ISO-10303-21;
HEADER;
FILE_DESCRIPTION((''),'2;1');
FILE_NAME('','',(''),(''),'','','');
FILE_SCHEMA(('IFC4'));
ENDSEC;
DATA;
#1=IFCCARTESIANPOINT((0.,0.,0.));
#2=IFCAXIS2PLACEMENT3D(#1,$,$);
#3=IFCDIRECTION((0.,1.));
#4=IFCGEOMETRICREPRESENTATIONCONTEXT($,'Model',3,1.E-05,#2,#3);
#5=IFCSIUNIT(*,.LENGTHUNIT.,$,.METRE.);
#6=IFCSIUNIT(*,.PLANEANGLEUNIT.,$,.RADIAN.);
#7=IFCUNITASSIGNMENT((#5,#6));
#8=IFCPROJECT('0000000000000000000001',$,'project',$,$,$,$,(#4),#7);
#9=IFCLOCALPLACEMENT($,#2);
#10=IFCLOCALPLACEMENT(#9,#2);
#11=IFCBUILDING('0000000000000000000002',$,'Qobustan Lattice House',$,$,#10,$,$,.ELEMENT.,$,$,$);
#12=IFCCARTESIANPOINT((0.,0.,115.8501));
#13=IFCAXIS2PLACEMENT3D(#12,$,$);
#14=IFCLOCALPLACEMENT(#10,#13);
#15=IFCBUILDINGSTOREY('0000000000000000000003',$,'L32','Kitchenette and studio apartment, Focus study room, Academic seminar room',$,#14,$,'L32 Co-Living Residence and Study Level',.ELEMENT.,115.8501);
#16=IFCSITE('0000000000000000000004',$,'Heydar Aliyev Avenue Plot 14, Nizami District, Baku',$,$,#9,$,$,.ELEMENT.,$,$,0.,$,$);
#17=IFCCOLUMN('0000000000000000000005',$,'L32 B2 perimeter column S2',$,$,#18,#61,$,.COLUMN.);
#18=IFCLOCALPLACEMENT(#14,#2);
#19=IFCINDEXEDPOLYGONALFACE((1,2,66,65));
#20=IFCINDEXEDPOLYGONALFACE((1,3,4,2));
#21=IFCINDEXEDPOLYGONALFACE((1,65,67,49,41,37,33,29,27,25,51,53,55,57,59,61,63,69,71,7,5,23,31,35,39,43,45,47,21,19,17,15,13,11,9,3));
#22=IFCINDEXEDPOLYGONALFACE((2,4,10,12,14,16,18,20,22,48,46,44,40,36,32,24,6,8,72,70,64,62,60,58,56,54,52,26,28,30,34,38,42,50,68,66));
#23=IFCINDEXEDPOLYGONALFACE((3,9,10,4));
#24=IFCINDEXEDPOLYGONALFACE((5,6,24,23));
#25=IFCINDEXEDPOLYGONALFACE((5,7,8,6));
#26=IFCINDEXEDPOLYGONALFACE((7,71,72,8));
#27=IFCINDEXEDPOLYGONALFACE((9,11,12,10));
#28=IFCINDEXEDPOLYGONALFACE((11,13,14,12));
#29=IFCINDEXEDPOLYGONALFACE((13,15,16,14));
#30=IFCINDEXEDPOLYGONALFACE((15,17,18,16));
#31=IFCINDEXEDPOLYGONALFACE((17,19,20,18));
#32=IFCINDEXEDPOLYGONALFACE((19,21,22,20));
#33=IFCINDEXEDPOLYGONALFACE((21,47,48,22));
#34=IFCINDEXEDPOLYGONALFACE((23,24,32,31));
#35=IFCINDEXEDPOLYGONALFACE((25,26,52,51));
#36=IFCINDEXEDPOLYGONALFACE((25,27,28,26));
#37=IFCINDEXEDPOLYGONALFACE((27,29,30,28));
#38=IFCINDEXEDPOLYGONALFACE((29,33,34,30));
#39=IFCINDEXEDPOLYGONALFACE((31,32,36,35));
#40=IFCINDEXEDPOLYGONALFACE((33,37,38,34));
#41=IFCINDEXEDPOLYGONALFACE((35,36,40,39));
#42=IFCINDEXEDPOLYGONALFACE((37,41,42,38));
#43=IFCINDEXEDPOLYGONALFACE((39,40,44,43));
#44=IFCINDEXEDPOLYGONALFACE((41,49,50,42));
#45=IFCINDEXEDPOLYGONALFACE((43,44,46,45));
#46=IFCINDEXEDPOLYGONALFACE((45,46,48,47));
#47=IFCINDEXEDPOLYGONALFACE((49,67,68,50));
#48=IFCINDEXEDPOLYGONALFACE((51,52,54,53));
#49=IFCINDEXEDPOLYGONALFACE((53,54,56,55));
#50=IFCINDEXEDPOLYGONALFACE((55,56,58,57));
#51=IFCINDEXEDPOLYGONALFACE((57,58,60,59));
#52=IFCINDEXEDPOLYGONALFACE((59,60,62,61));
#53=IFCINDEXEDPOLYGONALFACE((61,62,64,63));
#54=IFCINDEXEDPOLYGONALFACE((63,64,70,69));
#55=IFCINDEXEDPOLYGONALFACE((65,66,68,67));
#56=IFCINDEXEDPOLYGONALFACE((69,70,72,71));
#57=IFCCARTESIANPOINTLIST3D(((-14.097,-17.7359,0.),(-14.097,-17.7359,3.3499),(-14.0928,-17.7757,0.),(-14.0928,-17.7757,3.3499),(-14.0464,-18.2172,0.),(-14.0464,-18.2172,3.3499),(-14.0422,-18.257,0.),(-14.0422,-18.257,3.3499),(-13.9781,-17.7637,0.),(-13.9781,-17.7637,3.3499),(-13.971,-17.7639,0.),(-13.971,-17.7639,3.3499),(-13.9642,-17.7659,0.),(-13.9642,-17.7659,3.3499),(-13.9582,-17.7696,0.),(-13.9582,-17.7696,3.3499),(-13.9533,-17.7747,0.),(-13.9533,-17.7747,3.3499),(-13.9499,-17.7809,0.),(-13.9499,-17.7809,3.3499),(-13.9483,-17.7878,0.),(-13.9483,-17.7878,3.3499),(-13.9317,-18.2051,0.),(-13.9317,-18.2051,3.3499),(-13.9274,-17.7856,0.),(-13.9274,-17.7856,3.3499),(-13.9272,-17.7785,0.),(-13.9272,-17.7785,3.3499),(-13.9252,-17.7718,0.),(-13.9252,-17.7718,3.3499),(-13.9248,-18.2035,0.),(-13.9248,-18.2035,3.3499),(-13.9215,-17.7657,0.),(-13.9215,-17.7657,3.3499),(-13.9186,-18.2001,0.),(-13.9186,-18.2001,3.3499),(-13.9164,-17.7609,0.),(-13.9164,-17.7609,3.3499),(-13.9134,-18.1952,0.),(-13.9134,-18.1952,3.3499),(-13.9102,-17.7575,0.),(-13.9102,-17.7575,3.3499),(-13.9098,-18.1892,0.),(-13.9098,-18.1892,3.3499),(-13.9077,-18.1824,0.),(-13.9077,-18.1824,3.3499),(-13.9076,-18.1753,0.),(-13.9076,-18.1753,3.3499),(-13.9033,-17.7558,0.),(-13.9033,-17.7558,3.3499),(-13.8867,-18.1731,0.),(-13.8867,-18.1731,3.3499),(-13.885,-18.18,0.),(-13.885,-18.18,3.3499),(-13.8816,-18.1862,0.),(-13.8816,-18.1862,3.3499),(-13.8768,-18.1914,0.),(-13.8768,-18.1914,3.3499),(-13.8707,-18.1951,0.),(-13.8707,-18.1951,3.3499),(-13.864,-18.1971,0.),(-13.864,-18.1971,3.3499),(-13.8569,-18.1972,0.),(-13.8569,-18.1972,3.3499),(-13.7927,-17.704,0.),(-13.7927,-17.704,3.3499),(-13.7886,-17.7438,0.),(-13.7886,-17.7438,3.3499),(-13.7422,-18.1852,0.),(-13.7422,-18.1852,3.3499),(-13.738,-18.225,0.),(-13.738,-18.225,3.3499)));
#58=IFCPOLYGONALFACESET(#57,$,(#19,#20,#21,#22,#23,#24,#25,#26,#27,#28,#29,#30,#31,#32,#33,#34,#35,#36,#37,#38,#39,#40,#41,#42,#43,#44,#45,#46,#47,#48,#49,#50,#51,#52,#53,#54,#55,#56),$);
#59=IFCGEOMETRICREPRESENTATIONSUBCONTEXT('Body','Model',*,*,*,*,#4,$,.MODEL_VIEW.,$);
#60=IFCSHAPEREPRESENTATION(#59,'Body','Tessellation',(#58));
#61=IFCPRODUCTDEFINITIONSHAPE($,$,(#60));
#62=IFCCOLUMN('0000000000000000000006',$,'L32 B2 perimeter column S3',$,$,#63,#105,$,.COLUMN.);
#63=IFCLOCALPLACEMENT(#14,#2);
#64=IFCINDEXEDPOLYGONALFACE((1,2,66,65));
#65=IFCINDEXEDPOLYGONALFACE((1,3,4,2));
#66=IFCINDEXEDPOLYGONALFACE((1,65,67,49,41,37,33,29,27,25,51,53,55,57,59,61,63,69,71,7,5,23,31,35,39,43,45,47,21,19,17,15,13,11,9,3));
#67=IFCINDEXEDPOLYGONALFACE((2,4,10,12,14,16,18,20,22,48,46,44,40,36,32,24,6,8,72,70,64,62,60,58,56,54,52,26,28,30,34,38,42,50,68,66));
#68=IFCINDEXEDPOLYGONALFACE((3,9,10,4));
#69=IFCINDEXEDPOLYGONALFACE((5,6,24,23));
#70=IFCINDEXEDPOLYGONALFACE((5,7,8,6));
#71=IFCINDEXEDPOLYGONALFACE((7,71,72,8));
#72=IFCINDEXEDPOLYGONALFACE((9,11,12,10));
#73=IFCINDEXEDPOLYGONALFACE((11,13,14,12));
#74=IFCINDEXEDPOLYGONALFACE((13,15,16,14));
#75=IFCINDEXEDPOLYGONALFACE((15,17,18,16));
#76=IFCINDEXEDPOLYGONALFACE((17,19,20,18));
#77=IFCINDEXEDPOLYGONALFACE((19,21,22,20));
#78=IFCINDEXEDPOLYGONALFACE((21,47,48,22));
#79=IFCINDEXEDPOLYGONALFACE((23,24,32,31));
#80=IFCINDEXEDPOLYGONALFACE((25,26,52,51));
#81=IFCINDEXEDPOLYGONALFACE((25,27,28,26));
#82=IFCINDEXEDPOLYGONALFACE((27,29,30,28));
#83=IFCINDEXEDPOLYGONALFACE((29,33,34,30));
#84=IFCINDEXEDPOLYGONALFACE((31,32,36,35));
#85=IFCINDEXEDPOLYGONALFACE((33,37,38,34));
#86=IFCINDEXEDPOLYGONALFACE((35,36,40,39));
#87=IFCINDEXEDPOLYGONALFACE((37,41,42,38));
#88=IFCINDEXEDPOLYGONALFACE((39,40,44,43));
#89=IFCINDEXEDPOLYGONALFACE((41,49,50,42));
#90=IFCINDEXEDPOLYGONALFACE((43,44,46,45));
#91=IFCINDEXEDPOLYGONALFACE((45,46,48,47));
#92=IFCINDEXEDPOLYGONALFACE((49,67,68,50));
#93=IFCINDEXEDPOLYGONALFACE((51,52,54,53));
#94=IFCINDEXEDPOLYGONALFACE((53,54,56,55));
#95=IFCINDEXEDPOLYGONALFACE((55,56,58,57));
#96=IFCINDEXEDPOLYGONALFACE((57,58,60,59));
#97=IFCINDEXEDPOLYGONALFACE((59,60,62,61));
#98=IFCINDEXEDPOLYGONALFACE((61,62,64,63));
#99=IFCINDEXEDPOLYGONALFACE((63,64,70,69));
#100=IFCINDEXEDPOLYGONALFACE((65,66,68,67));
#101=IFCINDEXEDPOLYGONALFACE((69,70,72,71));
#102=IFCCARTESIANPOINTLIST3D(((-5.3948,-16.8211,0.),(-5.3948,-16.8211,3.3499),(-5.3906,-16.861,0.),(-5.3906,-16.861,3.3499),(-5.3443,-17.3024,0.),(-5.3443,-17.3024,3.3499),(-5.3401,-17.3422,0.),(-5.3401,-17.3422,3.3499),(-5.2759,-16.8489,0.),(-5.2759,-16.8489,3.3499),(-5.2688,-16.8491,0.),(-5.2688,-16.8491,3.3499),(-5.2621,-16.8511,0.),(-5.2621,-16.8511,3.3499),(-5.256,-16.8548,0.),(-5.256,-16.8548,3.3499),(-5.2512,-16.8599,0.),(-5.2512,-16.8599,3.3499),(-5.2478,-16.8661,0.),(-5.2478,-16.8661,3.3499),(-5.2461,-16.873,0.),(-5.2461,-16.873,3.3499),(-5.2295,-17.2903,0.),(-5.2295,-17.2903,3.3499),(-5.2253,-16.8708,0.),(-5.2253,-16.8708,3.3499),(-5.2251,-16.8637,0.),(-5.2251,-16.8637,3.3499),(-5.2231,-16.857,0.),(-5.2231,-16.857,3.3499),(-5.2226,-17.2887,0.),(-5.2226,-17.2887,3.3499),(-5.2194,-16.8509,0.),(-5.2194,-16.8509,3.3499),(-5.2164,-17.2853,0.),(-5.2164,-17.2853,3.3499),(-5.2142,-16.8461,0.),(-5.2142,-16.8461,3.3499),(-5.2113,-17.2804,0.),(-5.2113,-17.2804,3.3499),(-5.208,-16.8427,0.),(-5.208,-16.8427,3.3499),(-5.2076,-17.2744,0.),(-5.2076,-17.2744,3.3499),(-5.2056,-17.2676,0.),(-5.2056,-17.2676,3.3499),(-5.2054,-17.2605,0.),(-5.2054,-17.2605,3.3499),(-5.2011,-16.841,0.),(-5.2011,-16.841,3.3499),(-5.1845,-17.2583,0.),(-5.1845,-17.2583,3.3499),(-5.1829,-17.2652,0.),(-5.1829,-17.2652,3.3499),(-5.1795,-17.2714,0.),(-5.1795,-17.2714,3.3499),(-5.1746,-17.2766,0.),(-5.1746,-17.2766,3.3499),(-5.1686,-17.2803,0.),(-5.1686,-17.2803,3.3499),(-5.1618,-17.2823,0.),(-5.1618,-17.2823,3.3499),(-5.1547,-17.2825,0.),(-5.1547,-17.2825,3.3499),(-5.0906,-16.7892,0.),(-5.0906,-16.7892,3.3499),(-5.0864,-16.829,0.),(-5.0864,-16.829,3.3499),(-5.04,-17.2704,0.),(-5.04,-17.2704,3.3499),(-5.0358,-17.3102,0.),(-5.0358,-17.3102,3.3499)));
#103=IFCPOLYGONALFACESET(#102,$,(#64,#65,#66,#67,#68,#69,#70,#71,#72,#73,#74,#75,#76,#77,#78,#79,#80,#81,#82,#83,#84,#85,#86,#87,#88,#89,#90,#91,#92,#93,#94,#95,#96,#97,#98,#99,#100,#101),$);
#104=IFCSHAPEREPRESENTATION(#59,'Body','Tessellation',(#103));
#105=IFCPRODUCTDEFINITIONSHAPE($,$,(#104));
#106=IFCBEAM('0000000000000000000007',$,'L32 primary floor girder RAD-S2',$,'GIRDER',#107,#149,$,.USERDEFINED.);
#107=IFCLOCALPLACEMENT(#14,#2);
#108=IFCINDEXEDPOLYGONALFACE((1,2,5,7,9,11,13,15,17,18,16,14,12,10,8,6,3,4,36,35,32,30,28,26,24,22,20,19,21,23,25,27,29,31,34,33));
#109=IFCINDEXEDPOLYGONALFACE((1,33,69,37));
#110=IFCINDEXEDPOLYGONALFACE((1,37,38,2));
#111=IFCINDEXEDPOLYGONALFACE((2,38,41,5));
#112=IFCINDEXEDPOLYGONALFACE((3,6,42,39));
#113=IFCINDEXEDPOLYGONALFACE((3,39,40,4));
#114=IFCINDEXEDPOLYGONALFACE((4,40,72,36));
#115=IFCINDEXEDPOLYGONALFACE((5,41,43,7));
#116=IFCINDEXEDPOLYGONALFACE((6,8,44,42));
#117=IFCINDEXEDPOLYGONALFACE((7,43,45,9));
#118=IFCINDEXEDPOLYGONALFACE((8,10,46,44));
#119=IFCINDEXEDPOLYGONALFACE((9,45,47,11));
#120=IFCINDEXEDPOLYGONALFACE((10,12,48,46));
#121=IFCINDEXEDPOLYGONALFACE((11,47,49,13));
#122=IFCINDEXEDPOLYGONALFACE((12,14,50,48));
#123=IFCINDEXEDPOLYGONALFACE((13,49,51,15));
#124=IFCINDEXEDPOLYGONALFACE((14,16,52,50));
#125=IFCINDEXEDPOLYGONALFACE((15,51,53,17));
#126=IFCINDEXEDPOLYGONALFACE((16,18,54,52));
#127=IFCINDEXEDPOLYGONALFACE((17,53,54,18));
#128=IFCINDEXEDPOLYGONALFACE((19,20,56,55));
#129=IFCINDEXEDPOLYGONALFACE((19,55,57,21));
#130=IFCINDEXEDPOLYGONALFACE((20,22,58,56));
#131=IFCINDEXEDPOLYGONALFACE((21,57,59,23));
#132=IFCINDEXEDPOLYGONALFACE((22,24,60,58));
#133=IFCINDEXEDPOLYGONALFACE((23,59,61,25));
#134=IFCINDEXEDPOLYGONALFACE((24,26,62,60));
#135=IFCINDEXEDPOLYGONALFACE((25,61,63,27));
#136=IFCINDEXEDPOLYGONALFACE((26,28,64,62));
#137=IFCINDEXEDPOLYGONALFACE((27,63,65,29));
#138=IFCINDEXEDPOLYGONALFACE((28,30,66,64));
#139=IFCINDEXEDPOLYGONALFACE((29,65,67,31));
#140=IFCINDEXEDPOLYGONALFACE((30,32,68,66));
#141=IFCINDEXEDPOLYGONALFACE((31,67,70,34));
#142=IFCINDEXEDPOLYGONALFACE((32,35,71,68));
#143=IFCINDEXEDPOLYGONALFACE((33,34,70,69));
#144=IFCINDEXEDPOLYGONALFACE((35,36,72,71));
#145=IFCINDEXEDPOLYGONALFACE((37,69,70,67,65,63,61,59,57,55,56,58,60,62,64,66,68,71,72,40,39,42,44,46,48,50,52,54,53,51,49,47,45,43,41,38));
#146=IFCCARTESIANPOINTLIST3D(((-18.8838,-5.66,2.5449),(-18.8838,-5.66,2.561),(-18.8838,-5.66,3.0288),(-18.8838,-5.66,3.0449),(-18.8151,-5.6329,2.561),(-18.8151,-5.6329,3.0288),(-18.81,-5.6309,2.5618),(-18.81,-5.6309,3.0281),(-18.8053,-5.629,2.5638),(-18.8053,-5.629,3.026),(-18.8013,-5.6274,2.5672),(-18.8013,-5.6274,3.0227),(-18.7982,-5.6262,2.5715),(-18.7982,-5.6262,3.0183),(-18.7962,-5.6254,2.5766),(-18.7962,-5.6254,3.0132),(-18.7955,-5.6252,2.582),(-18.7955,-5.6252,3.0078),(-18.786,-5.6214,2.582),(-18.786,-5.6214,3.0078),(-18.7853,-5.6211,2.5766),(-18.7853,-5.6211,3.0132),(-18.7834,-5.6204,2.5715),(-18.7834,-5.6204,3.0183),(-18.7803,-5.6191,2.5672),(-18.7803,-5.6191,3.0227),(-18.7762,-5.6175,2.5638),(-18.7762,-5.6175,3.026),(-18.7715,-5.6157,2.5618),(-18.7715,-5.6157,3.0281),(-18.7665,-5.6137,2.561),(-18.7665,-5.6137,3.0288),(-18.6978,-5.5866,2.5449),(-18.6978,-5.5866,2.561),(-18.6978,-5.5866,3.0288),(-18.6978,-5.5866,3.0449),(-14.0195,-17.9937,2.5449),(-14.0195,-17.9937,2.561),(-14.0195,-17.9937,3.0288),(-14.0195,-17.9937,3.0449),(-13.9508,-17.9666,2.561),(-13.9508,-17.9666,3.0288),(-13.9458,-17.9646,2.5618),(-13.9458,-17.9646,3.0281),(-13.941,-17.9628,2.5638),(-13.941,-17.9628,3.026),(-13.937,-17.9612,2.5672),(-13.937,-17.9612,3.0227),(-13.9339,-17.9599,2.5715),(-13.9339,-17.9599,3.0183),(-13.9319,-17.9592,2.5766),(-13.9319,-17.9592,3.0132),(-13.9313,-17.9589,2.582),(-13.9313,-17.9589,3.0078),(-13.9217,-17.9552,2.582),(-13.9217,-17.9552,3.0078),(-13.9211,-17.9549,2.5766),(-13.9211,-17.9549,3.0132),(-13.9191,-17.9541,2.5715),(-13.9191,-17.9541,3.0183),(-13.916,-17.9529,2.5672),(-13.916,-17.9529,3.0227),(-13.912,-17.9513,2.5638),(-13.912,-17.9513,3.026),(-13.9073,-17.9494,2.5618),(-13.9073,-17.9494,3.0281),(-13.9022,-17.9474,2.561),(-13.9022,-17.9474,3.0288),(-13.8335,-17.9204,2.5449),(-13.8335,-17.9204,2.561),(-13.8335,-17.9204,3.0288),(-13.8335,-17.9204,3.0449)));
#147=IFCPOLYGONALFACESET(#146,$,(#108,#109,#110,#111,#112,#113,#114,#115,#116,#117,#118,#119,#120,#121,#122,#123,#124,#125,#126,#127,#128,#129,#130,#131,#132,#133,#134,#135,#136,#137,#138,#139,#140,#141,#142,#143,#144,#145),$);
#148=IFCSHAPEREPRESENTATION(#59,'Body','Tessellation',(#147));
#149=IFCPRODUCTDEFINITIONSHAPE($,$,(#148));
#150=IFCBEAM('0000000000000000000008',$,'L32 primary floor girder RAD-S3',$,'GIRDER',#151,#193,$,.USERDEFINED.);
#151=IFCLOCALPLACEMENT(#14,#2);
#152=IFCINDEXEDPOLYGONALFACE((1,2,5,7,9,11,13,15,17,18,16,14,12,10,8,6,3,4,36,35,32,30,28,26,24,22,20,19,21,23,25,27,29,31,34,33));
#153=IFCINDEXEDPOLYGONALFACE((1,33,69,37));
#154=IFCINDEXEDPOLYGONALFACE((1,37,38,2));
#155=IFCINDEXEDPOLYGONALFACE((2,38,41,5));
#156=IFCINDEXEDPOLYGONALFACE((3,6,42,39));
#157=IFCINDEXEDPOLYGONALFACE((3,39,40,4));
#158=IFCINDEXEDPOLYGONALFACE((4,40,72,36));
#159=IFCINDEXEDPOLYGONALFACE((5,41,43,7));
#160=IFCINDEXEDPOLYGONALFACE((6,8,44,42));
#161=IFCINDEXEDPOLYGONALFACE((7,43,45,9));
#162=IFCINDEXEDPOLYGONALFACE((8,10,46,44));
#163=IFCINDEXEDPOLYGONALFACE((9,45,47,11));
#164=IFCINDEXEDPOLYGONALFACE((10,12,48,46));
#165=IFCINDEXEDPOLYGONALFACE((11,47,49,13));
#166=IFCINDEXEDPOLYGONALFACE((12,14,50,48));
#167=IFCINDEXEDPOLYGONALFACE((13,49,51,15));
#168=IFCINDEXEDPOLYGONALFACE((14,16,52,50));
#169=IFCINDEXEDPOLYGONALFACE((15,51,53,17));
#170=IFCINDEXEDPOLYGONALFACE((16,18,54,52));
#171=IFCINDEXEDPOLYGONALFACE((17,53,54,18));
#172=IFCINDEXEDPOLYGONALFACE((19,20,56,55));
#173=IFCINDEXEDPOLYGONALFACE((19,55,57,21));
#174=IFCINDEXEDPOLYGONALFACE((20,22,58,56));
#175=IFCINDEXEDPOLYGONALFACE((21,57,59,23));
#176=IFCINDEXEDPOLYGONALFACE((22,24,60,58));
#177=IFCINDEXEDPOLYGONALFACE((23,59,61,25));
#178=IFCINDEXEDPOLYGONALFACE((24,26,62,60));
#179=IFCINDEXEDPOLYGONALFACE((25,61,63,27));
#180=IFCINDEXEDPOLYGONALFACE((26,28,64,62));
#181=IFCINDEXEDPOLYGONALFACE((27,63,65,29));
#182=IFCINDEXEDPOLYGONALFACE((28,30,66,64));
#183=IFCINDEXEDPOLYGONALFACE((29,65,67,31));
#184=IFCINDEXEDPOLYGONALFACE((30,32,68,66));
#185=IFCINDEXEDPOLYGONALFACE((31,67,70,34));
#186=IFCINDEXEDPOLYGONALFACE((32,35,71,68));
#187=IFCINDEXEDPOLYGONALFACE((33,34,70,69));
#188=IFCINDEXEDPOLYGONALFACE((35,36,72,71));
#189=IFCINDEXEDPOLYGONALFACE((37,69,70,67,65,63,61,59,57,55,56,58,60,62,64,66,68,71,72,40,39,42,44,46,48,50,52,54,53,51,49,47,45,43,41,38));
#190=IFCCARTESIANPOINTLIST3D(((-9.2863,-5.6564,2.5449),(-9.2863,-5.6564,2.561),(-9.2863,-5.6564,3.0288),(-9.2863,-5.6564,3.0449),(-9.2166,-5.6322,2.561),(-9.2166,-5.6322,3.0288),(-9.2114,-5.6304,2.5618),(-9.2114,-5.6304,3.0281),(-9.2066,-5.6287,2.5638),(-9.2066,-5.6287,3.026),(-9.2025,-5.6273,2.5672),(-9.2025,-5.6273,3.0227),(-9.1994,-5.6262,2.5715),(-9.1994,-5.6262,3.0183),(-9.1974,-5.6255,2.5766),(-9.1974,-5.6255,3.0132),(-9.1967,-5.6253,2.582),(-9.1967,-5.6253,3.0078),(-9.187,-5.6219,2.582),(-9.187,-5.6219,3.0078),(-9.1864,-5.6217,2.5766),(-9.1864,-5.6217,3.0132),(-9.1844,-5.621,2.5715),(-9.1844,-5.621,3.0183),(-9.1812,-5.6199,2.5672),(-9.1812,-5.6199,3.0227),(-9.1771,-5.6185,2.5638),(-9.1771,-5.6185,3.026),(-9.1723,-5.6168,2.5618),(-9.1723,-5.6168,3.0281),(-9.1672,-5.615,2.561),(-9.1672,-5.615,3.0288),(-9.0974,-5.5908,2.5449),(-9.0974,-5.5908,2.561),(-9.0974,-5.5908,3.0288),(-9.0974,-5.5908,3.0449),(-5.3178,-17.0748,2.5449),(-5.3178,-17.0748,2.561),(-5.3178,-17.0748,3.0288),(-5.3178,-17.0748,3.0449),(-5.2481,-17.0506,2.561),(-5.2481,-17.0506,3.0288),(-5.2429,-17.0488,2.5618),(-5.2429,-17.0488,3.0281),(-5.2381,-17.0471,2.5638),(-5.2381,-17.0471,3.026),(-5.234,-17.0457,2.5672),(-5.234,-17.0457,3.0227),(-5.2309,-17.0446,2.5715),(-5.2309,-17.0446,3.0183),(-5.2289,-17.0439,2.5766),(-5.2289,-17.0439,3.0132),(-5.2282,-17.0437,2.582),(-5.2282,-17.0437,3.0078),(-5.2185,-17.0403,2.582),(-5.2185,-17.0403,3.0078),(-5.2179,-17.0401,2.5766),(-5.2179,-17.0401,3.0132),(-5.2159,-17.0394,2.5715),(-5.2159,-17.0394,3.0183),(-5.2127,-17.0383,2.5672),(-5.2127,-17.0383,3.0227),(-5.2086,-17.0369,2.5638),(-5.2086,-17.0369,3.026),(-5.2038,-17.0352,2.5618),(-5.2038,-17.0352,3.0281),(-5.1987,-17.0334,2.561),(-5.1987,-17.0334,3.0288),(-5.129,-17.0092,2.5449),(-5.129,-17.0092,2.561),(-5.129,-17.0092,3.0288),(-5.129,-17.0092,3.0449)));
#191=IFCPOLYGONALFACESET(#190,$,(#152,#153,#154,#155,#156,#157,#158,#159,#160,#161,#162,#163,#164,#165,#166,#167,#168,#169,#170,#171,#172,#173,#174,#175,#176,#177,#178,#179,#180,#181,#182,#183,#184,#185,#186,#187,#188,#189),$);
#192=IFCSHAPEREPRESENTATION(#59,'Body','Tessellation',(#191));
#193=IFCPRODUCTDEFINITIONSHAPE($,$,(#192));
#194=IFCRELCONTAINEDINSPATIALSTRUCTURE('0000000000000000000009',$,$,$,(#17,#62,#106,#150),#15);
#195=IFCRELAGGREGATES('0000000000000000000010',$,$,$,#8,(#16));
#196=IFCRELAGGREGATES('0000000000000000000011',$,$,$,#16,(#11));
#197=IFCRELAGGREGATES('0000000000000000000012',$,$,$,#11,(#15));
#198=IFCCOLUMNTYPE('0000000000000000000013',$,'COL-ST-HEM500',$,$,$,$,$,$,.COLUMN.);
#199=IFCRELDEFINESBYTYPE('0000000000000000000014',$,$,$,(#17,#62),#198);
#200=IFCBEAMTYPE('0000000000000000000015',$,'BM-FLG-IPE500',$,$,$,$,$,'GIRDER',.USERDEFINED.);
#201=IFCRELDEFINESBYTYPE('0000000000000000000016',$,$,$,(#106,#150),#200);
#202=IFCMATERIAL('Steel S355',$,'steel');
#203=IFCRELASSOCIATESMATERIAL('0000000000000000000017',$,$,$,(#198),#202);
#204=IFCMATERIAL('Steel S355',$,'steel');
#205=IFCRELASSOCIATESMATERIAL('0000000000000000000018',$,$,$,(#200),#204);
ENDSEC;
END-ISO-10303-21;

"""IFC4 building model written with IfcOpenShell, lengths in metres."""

from ifc_helpers import new_model, si_unit, direction, frame, origin, origin_2d, place, context, subcontext, project, spatial, i_section, extrude, material, material_profile, profile_set, type_object, element, save


model = new_model("IFC4")

# Units and contexts
model_context = context("Model", 3, precision=1e-05, world=origin(), true_north=direction((0.0, 1.0)))
body_context = subcontext(model_context, "Body", "Model", "MODEL_VIEW")
ifc_project = project(units=[si_unit("LENGTHUNIT", "METRE"), si_unit("PLANEANGLEUNIT", "RADIAN")], contexts=[model_context])

# Site, building, storey
site_placement = place(None, origin())
site = spatial("IfcSite", under=ifc_project, at=site_placement, Name="Heydar Aliyev Avenue Plot 14, Nizami District, Baku", CompositionType="ELEMENT", RefElevation=0.0)
building_placement = place(site_placement, origin())
building = spatial("IfcBuilding", under=site, at=building_placement, Name="Qobustan Lattice House", CompositionType="ELEMENT")
storey_placement = place(building_placement, frame((0.0, 0.0, 115.8501)))
storey = spatial("IfcBuildingStorey", under=building, at=storey_placement, Name="L32", Description="Kitchenette and studio apartment, Focus study room, Academic seminar room", LongName="L32 Co-Living Residence and Study Level", CompositionType="ELEMENT", Elevation=115.8501)

# Columns
ifc_material_1 = material(Name="Steel S355", Category="steel")
ifc_material_profile_1 = material_profile(ifc_material_1, i_section(OverallWidth=0.3059, OverallDepth=0.5239, WebThickness=0.021, FlangeThickness=0.04, FilletRadius=0.0271, at=origin_2d()), Name="HEM500")
ifc_profile_set_1 = profile_set([ifc_material_profile_1], Name="Steel S355")
column_type = type_object("IfcColumnType", Name="COL-ST-HEM500", PredefinedType="COLUMN", material=ifc_profile_set_1)
for number, where, z_axis, x_axis, name in (
    (1, (-13.9175, -17.9805, 0.0), (0.0, 0.0, 1.0), (0.994522, 0.104528, 0.0), "L32 B2 perimeter column S2"),
    (2, (-5.2153, -17.0657, 0.0), (0.0, 0.0, 1.0), (0.994522, 0.104528, 0.0), "L32 B2 perimeter column S3"),
):
    element("IfcColumn", number, at=place(storey_placement, frame(where, z_axis=z_axis, x_axis=x_axis)), inside=storey, type_object=column_type, Name=name, PredefinedType="COLUMN", context=body_context, shape_type="SweptSolid", body=[
        extrude(i_section(OverallWidth=0.3059, OverallDepth=0.5239, WebThickness=0.021, FlangeThickness=0.04, FilletRadius=0.0271, at=origin_2d()), origin(), (0.0, 0.0, 1.0), 3.3499),
    ])

# Beams
ifc_material_2 = material(Name="Steel S355", Category="steel")
ifc_material_profile_2 = material_profile(ifc_material_2, i_section(OverallWidth=0.2, OverallDepth=0.5, WebThickness=0.0103, FlangeThickness=0.0161, FilletRadius=0.021, at=origin_2d()), Name="IPE500")
ifc_profile_set_2 = profile_set([ifc_material_profile_2], Name="Steel S355")
beam_type_1 = type_object("IfcBeamType", Name="BM-FLG-IPE500", ElementType="GIRDER", PredefinedType="USERDEFINED", material=ifc_profile_set_2)
beam_1_placement = place(storey_placement, frame((-13.9265, -17.957, 2.7949), z_axis=(-0.366884, 0.930267, 0.0), x_axis=(-0.930267, -0.366884, 0.0)))
element("IfcBeam", 3, at=beam_1_placement, inside=storey, type_object=beam_type_1, Name="L32 primary floor girder RAD-S2", ObjectType="GIRDER", PredefinedType="USERDEFINED", context=body_context, shape_type="SweptSolid", body=[
    extrude(i_section(OverallWidth=0.2, OverallDepth=0.5, WebThickness=0.0103, FlangeThickness=0.0161, FilletRadius=0.021, at=origin_2d()), origin(), (0.0, 0.0, 1.0), 13.2583),
])
beam_2_placement = place(storey_placement, frame((-5.2234, -17.042, 2.7949), z_axis=(-0.32829, 0.944577, 0.0), x_axis=(-0.944577, -0.32829, 0.0)))
element("IfcBeam", 4, at=beam_2_placement, inside=storey, type_object=beam_type_1, Name="L32 primary floor girder RAD-S3", ObjectType="GIRDER", PredefinedType="USERDEFINED", context=body_context, shape_type="SweptSolid", body=[
    extrude(i_section(OverallWidth=0.2, OverallDepth=0.5, WebThickness=0.0103, FlangeThickness=0.0161, FilletRadius=0.021, at=origin_2d()), origin(), (0.0, 0.0, 1.0), 12.0884),
])

save(model, "model.ifc")
